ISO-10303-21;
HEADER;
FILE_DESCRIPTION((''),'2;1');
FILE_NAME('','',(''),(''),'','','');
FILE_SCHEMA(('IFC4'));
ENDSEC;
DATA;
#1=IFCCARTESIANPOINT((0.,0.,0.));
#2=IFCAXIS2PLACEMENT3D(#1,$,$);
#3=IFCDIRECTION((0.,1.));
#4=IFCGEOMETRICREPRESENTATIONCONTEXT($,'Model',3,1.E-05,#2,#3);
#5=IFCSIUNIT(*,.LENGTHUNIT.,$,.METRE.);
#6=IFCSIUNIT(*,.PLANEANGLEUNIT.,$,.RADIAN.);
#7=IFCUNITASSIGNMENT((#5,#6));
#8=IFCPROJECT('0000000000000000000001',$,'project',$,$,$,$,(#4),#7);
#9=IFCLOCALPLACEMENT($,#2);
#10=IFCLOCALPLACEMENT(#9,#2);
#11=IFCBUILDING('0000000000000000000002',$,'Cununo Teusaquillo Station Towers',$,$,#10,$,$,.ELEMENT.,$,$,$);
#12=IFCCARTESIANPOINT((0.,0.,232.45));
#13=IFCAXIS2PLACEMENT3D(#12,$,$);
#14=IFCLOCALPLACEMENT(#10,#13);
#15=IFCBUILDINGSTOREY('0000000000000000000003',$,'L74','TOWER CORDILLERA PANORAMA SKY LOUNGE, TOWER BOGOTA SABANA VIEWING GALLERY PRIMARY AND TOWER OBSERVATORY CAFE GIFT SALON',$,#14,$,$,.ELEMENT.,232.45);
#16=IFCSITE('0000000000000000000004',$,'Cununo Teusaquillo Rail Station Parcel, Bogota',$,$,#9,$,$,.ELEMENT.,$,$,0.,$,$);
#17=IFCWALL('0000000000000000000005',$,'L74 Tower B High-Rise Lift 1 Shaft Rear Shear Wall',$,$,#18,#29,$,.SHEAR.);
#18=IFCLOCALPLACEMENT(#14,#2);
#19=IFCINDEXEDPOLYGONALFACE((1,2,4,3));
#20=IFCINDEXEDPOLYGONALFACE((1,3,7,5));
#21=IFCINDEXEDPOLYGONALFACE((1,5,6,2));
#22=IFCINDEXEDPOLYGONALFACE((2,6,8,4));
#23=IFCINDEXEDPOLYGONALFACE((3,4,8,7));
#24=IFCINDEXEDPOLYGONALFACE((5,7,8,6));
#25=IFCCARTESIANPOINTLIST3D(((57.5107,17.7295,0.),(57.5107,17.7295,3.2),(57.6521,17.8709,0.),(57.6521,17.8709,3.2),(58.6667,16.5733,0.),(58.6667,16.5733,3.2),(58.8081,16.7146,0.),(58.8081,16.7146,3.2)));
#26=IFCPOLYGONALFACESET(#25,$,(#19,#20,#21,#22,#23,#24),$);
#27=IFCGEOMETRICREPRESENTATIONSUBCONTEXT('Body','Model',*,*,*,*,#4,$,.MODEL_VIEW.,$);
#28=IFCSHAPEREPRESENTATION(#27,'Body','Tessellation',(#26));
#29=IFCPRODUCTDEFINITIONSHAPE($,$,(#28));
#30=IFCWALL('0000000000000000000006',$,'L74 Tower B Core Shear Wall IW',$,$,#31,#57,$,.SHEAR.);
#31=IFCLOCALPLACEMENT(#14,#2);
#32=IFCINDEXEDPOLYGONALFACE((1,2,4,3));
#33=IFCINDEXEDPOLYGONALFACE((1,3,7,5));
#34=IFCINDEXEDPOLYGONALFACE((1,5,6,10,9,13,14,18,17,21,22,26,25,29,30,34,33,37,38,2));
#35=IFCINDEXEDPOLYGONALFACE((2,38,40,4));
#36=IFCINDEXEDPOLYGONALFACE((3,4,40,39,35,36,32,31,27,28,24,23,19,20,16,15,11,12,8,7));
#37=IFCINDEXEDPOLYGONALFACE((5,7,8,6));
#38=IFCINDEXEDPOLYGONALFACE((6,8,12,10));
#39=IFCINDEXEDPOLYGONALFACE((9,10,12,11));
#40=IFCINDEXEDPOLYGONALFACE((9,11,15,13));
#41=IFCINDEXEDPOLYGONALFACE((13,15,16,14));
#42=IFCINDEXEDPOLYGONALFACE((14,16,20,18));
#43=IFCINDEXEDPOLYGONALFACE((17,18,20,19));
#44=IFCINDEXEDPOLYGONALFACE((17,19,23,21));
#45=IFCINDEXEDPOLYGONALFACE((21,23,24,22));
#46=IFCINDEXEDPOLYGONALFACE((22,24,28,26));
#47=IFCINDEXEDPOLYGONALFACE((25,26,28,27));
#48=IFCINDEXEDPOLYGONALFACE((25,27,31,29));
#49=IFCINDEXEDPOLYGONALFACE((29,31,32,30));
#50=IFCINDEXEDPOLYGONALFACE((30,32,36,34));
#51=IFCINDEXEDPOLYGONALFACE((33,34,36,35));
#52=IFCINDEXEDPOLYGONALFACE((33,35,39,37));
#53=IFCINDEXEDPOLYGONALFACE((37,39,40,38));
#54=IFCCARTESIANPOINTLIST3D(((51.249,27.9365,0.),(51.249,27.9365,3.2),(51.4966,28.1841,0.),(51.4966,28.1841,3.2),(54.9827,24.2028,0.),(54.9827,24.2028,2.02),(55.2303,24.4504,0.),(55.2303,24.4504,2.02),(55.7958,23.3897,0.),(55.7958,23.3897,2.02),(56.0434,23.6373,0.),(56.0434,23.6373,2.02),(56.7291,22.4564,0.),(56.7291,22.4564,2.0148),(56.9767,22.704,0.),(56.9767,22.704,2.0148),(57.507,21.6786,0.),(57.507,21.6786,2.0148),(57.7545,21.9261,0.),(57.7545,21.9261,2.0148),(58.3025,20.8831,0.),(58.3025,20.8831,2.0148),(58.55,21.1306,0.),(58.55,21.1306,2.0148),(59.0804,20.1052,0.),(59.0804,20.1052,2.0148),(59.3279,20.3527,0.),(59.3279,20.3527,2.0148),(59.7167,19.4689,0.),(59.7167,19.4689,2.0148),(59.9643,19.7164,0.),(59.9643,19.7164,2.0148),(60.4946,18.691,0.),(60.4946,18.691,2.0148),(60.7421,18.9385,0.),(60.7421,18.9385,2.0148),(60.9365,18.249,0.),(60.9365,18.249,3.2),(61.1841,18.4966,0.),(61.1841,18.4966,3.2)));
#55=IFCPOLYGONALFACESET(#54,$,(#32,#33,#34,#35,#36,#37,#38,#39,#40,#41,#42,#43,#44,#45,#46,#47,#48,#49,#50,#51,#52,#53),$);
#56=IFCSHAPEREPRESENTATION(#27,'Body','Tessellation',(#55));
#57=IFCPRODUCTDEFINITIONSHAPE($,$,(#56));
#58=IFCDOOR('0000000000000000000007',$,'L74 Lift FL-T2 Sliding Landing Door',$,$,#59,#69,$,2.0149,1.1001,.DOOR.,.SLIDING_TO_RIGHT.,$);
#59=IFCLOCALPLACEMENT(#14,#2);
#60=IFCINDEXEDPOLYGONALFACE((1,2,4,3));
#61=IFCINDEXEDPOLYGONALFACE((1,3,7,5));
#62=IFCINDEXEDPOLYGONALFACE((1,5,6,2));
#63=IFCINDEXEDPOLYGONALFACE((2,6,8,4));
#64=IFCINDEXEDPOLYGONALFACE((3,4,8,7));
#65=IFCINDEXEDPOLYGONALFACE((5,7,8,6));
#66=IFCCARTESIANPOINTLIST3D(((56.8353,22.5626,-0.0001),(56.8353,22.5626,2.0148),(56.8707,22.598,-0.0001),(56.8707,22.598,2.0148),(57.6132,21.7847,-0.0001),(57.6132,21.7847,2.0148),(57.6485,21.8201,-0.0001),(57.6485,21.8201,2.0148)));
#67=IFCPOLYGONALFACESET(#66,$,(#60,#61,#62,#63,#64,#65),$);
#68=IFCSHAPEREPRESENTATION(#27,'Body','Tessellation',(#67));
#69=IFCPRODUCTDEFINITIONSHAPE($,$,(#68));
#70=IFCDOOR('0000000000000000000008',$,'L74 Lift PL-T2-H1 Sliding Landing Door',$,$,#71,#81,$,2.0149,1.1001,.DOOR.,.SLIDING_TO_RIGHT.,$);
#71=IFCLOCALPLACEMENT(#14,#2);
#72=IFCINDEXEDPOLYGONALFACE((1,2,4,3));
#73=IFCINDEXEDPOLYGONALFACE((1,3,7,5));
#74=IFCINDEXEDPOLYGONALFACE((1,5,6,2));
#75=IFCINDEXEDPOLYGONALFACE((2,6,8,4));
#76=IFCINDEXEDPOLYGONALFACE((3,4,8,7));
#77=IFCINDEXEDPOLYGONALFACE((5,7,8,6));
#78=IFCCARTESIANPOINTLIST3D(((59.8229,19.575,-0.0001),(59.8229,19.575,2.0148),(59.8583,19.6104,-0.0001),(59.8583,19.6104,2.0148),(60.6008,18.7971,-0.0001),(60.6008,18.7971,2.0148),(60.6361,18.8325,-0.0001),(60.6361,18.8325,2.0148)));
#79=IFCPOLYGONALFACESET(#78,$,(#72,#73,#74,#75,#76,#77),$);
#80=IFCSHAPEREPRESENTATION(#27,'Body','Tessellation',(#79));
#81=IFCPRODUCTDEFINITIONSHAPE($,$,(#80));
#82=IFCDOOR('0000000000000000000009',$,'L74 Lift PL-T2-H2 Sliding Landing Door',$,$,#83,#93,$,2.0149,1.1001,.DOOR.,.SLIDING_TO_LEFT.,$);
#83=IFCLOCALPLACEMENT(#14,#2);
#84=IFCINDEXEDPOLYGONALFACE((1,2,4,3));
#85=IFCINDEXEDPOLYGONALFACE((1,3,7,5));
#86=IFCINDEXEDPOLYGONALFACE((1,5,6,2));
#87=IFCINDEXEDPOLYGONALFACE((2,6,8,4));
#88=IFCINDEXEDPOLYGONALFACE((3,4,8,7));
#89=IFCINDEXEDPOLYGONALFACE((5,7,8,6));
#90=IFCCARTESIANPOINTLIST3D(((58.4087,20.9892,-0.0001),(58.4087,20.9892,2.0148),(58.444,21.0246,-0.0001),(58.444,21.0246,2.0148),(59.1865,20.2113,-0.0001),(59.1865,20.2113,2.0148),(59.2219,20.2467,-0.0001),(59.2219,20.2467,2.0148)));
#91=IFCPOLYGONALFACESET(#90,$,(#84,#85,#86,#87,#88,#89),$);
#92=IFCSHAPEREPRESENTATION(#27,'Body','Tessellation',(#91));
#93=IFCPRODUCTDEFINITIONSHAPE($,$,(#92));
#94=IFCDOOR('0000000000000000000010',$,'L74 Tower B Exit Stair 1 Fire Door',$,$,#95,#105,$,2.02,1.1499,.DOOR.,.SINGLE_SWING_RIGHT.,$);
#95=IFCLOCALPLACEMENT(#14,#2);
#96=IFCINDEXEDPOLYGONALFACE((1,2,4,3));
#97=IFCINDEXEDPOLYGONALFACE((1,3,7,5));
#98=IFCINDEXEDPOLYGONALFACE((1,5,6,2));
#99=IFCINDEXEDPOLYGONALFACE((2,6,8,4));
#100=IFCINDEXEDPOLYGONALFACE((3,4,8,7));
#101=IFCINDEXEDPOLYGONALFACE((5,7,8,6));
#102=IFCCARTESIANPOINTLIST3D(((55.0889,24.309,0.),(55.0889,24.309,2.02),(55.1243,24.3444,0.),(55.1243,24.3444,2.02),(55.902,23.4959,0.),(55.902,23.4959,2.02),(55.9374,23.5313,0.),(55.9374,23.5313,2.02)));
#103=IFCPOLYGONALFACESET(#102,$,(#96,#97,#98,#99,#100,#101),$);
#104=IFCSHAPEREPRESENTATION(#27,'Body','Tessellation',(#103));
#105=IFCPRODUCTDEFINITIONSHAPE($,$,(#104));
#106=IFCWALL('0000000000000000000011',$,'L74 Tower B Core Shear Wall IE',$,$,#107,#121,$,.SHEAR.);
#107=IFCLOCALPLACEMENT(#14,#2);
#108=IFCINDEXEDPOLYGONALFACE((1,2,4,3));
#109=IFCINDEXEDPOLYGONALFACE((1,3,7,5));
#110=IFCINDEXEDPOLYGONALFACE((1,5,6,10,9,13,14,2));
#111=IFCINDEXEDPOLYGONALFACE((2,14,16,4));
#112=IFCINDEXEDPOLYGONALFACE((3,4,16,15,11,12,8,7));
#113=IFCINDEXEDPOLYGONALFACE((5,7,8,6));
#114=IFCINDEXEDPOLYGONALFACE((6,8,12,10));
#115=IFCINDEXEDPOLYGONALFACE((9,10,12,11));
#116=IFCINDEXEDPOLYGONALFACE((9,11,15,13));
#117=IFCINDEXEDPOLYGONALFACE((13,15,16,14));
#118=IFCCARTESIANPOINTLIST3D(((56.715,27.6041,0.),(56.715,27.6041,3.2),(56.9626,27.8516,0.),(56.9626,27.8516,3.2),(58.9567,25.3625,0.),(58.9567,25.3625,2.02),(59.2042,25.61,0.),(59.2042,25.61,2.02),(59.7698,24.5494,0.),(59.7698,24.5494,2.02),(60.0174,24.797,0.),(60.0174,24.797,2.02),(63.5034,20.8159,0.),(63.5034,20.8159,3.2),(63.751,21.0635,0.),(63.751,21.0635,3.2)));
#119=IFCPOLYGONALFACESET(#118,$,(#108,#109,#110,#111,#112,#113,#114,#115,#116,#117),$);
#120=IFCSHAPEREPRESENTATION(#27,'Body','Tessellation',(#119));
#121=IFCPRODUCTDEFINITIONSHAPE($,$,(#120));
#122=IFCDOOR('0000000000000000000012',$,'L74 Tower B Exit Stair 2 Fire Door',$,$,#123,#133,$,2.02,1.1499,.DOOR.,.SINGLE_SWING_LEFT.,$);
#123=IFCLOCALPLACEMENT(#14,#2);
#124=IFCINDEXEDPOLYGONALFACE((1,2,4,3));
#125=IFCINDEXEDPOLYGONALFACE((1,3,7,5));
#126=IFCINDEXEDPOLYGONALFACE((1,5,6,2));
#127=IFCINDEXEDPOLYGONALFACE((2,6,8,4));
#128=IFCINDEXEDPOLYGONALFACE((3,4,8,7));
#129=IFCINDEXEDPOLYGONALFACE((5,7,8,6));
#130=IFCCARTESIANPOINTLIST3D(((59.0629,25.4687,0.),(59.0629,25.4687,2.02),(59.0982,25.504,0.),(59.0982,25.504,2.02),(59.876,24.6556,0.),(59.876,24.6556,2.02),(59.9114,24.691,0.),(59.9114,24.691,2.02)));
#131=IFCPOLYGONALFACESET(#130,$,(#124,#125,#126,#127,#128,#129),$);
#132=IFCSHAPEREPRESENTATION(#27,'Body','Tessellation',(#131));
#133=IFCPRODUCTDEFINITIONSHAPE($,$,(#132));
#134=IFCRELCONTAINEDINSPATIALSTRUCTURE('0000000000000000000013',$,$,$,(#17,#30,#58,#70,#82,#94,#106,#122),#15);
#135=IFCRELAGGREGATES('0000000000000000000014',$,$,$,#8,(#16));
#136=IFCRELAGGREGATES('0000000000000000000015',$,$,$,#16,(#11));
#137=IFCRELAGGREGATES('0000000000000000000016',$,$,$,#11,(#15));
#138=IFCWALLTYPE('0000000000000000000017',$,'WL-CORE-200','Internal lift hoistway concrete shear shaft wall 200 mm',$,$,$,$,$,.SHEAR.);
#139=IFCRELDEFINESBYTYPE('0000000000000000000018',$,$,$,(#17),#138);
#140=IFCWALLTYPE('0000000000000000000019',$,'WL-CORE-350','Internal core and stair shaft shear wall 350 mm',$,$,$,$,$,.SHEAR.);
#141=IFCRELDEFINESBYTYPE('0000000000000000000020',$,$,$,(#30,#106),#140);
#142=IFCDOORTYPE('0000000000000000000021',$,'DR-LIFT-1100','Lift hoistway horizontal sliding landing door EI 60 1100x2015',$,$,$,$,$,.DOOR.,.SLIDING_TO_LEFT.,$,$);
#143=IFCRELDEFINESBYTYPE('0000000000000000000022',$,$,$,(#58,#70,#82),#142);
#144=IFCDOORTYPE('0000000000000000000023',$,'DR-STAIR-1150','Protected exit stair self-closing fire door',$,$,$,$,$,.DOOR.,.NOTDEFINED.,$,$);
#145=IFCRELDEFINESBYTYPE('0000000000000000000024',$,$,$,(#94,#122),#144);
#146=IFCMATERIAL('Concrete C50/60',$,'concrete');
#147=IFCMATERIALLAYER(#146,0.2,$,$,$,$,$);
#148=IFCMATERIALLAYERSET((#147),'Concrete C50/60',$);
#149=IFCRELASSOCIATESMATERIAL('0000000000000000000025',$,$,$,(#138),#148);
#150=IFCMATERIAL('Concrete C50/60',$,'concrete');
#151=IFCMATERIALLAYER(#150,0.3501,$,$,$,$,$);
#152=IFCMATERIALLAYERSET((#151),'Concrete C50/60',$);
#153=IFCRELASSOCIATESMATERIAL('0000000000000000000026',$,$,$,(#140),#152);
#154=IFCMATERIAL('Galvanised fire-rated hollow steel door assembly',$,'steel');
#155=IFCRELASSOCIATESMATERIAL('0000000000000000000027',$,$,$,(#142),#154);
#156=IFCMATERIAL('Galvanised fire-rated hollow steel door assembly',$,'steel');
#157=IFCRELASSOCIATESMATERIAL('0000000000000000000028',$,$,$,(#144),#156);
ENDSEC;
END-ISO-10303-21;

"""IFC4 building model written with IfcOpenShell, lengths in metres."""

from ifc_helpers import new_model, si_unit, direction, frame, frame_2d, origin, place, context, subcontext, project, spatial, rectangle, extrude, source, transform, mapped, material, layer, layer_set, type_object, element, fill, save


model = new_model("IFC4")

# Units and contexts
model_context = context("Model", 3, precision=1e-05, world=origin(), true_north=direction((0.0, 1.0)))
body_context = subcontext(model_context, "Body", "Model", "MODEL_VIEW")
ifc_project = project(units=[si_unit("LENGTHUNIT", "METRE"), si_unit("PLANEANGLEUNIT", "RADIAN")], contexts=[model_context])

# Site, building, storey
site_placement = place(None, origin())
site = spatial("IfcSite", under=ifc_project, at=site_placement, Name="Cununo Teusaquillo Rail Station Parcel, Bogota", CompositionType="ELEMENT", RefElevation=0.0)
building_placement = place(site_placement, origin())
building = spatial("IfcBuilding", under=site, at=building_placement, Name="Cununo Teusaquillo Station Towers", CompositionType="ELEMENT")
storey_placement = place(building_placement, frame((0.0, 0.0, 232.45)))
storey = spatial("IfcBuildingStorey", under=building, at=storey_placement, Name="L74", Description="TOWER CORDILLERA PANORAMA SKY LOUNGE, TOWER BOGOTA SABANA VIEWING GALLERY PRIMARY AND TOWER OBSERVATORY CAFE GIFT SALON", CompositionType="ELEMENT", Elevation=232.45)

# Wall
ifc_material_1 = material(Name="Concrete C50/60", Category="concrete")
ifc_layer_1 = layer(ifc_material_1, 0.2)
ifc_layer_set_1 = layer_set([ifc_layer_1], Name="Concrete C50/60")
wall_type_1 = type_object("IfcWallType", Name="WL-CORE-200", Description="Internal lift hoistway concrete shear shaft wall 200 mm", PredefinedType="SHEAR", material=ifc_layer_set_1)
wall_1_placement = place(storey_placement, frame((58.7373, 16.644, 0.0), z_axis=(0.0, 0.0, 1.0), x_axis=(-0.707032, 0.707181, 0.0)))
element("IfcWall", 1, at=wall_1_placement, inside=storey, type_object=wall_type_1, Name="L74 Tower B High-Rise Lift 1 Shaft Rear Shear Wall", PredefinedType="SHEAR", context=body_context, shape_type="SweptSolid", body=[
    extrude(rectangle(XDim=1.635, YDim=0.2, at=frame_2d((0.8174, 0.0))), origin(), (0.0, 0.0, 1.0), 3.2),
])

# Wall, openings, doors
ifc_material_2 = material(Name="Concrete C50/60", Category="concrete")
ifc_layer_2 = layer(ifc_material_2, 0.3501)
ifc_layer_set_2 = layer_set([ifc_layer_2], Name="Concrete C50/60")
wall_type_2 = type_object("IfcWallType", Name="WL-CORE-350", Description="Internal core and stair shaft shear wall 350 mm", PredefinedType="SHEAR", material=ifc_layer_set_2)
wall_2_placement = place(storey_placement, frame((61.0603, 18.3728, 0.0), z_axis=(0.0, 0.0, 1.0), x_axis=(-0.707107, 0.707107, 0.0)))
wall_2 = element("IfcWall", 2, at=wall_2_placement, inside=storey, type_object=wall_type_2, Name="L74 Tower B Core Shear Wall IW", PredefinedType="SHEAR", context=body_context, shape_type="SweptSolid", body=[
    extrude(rectangle(XDim=13.7002, YDim=0.3501, at=frame_2d((6.8501, 0.0))), origin(), (0.0, 0.0, 1.0), 3.2),
])
shared_shape_1 = source(origin(), body_context, "Body", "SweptSolid", [
    extrude(rectangle(XDim=1.1001, YDim=2.0149, at=frame_2d((0.55, 1.0073))), frame((0.0, 0.1851, 0.0), z_axis=(0.0, -1.0, 0.0), x_axis=(1.0, 0.0, 0.0)), (0.0, 0.0, 1.0), 0.3701),
])
opening_1_placement = place(wall_2_placement, frame((4.8501, 0.0, 0.0)))
opening_1 = element("IfcOpeningElement", 3, at=opening_1_placement, cuts=wall_2, PredefinedType="OPENING", context=body_context, shape_type="MappedRepresentation", body=[
    mapped(shared_shape_1, transform((0.0, 0.0, 0.0), x_axis=(1.0, 0.0, 0.0), y_axis=(0.0, 1.0, 0.0), z_axis=(0.0, 0.0, 1.0), scale=1.0)),
])
opening_2_placement = place(wall_2_placement, frame((0.625, 0.0, 0.0)))
opening_2 = element("IfcOpeningElement", 4, at=opening_2_placement, cuts=wall_2, PredefinedType="OPENING", context=body_context, shape_type="MappedRepresentation", body=[
    mapped(shared_shape_1, transform((0.0, 0.0, 0.0), x_axis=(1.0, 0.0, 0.0), y_axis=(0.0, 1.0, 0.0), z_axis=(0.0, 0.0, 1.0), scale=1.0)),
])
opening_3_placement = place(wall_2_placement, frame((2.625, 0.0, 0.0)))
opening_3 = element("IfcOpeningElement", 5, at=opening_3_placement, cuts=wall_2, PredefinedType="OPENING", context=body_context, shape_type="MappedRepresentation", body=[
    mapped(shared_shape_1, transform((0.0, 0.0, 0.0), x_axis=(1.0, 0.0, 0.0), y_axis=(0.0, 1.0, 0.0), z_axis=(0.0, 0.0, 1.0), scale=1.0)),
])
shared_shape_2 = source(origin(), body_context, "Body", "SweptSolid", [
    extrude(rectangle(XDim=1.1499, YDim=2.02, at=frame_2d((0.575, 1.01))), frame((0.0, 0.1851, 0.0), z_axis=(0.0, -1.0, 0.0), x_axis=(1.0, 0.0, 0.0)), (0.0, 0.0, 1.0), 0.3701),
])
opening_4_placement = place(wall_2_placement, frame((7.27, 0.0, 0.0)))
opening_4 = element("IfcOpeningElement", 6, at=opening_4_placement, cuts=wall_2, PredefinedType="OPENING", context=body_context, shape_type="MappedRepresentation", body=[
    mapped(shared_shape_2, transform((0.0, 0.0, 0.0), x_axis=(1.0, 0.0, 0.0), y_axis=(0.0, 1.0, 0.0), z_axis=(0.0, 0.0, 1.0), scale=1.0)),
])
ifc_material_3 = material(Name="Galvanised fire-rated hollow steel door assembly", Category="steel")
door_type_1 = type_object("IfcDoorType", Name="DR-LIFT-1100", Description="Lift hoistway horizontal sliding landing door EI 60 1100x2015", OperationType="SLIDING_TO_LEFT", PredefinedType="DOOR", material=ifc_material_3)
shared_shape_3 = source(origin(), body_context, "Body", "SweptSolid", [
    extrude(rectangle(XDim=1.1001, YDim=2.0149, at=frame_2d((0.55, 1.0073))), frame((0.0, 0.0249, 0.0), z_axis=(0.0, -1.0, 0.0), x_axis=(1.0, 0.0, 0.0)), (0.0, 0.0, 1.0), 0.05),
])
door_1_placement = place(opening_1_placement, origin())
door_1 = element("IfcDoor", 7, at=door_1_placement, inside=storey, type_object=door_type_1, Name="L74 Lift FL-T2 Sliding Landing Door", OperationType="SLIDING_TO_RIGHT", OverallHeight=2.0149, OverallWidth=1.1001, PredefinedType="DOOR", context=body_context, shape_type="MappedRepresentation", body=[
    mapped(shared_shape_3, transform((0.0, 0.0, 0.0), x_axis=(1.0, 0.0, 0.0), y_axis=(0.0, 1.0, 0.0), z_axis=(0.0, 0.0, 1.0), scale=1.0)),
])
fill(opening_1, door_1)
door_2_placement = place(opening_2_placement, origin())
door_2 = element("IfcDoor", 8, at=door_2_placement, inside=storey, type_object=door_type_1, Name="L74 Lift PL-T2-H1 Sliding Landing Door", OperationType="SLIDING_TO_RIGHT", OverallHeight=2.0149, OverallWidth=1.1001, PredefinedType="DOOR", context=body_context, shape_type="MappedRepresentation", body=[
    mapped(shared_shape_3, transform((0.0, 0.0, 0.0), x_axis=(1.0, 0.0, 0.0), y_axis=(0.0, 1.0, 0.0), z_axis=(0.0, 0.0, 1.0), scale=1.0)),
])
fill(opening_2, door_2)
door_3_placement = place(opening_3_placement, origin())
door_3 = element("IfcDoor", 9, at=door_3_placement, inside=storey, type_object=door_type_1, Name="L74 Lift PL-T2-H2 Sliding Landing Door", OperationType="SLIDING_TO_LEFT", OverallHeight=2.0149, OverallWidth=1.1001, PredefinedType="DOOR", context=body_context, shape_type="MappedRepresentation", body=[
    mapped(shared_shape_3, transform((0.0, 0.0, 0.0), x_axis=(1.0, 0.0, 0.0), y_axis=(0.0, 1.0, 0.0), z_axis=(0.0, 0.0, 1.0), scale=1.0)),
])
fill(opening_3, door_3)
ifc_material_4 = material(Name="Galvanised fire-rated hollow steel door assembly", Category="steel")
door_type_2 = type_object("IfcDoorType", Name="DR-STAIR-1150", Description="Protected exit stair self-closing fire door", OperationType="NOTDEFINED", PredefinedType="DOOR", material=ifc_material_4)
shared_shape_4 = source(origin(), body_context, "Body", "SweptSolid", [
    extrude(rectangle(XDim=1.1499, YDim=2.02, at=frame_2d((0.575, 1.01))), frame((0.0, 0.0249, 0.0), z_axis=(0.0, -1.0, 0.0), x_axis=(1.0, 0.0, 0.0)), (0.0, 0.0, 1.0), 0.05),
])
door_4_placement = place(opening_4_placement, origin())
door_4 = element("IfcDoor", 10, at=door_4_placement, inside=storey, type_object=door_type_2, Name="L74 Tower B Exit Stair 1 Fire Door", OperationType="SINGLE_SWING_RIGHT", OverallHeight=2.02, OverallWidth=1.1499, PredefinedType="DOOR", context=body_context, shape_type="MappedRepresentation", body=[
    mapped(shared_shape_4, transform((0.0, 0.0, 0.0), x_axis=(1.0, 0.0, 0.0), y_axis=(0.0, 1.0, 0.0), z_axis=(0.0, 0.0, 1.0), scale=1.0)),
])
fill(opening_4, door_4)

# Wall, opening, door
wall_3_placement = place(storey_placement, frame((63.6272, 20.9397, 0.0), z_axis=(0.0, 0.0, 1.0), x_axis=(-0.707119, 0.707094, 0.0)))
wall_3 = element("IfcWall", 11, at=wall_3_placement, inside=storey, type_object=wall_type_2, Name="L74 Tower B Core Shear Wall IE", PredefinedType="SHEAR", context=body_context, shape_type="SweptSolid", body=[
    extrude(rectangle(XDim=9.6001, YDim=0.3501, at=frame_2d((4.8, 0.0))), origin(), (0.0, 0.0, 1.0), 3.2),
])
opening_5_placement = place(wall_3_placement, frame((5.28, 0.0, 0.0)))
opening_5 = element("IfcOpeningElement", 12, at=opening_5_placement, cuts=wall_3, PredefinedType="OPENING", context=body_context, shape_type="MappedRepresentation", body=[
    mapped(shared_shape_2, transform((0.0, 0.0, 0.0), x_axis=(1.0, 0.0, 0.0), y_axis=(0.0, 1.0, 0.0), z_axis=(0.0, 0.0, 1.0), scale=1.0)),
])
door_5_placement = place(opening_5_placement, origin())
door_5 = element("IfcDoor", 13, at=door_5_placement, inside=storey, type_object=door_type_2, Name="L74 Tower B Exit Stair 2 Fire Door", OperationType="SINGLE_SWING_LEFT", OverallHeight=2.02, OverallWidth=1.1499, PredefinedType="DOOR", context=body_context, shape_type="MappedRepresentation", body=[
    mapped(shared_shape_4, transform((0.0, 0.0, 0.0), x_axis=(1.0, 0.0, 0.0), y_axis=(0.0, 1.0, 0.0), z_axis=(0.0, 0.0, 1.0), scale=1.0)),
])
fill(opening_5, door_5)

save(model, "model.ifc")
